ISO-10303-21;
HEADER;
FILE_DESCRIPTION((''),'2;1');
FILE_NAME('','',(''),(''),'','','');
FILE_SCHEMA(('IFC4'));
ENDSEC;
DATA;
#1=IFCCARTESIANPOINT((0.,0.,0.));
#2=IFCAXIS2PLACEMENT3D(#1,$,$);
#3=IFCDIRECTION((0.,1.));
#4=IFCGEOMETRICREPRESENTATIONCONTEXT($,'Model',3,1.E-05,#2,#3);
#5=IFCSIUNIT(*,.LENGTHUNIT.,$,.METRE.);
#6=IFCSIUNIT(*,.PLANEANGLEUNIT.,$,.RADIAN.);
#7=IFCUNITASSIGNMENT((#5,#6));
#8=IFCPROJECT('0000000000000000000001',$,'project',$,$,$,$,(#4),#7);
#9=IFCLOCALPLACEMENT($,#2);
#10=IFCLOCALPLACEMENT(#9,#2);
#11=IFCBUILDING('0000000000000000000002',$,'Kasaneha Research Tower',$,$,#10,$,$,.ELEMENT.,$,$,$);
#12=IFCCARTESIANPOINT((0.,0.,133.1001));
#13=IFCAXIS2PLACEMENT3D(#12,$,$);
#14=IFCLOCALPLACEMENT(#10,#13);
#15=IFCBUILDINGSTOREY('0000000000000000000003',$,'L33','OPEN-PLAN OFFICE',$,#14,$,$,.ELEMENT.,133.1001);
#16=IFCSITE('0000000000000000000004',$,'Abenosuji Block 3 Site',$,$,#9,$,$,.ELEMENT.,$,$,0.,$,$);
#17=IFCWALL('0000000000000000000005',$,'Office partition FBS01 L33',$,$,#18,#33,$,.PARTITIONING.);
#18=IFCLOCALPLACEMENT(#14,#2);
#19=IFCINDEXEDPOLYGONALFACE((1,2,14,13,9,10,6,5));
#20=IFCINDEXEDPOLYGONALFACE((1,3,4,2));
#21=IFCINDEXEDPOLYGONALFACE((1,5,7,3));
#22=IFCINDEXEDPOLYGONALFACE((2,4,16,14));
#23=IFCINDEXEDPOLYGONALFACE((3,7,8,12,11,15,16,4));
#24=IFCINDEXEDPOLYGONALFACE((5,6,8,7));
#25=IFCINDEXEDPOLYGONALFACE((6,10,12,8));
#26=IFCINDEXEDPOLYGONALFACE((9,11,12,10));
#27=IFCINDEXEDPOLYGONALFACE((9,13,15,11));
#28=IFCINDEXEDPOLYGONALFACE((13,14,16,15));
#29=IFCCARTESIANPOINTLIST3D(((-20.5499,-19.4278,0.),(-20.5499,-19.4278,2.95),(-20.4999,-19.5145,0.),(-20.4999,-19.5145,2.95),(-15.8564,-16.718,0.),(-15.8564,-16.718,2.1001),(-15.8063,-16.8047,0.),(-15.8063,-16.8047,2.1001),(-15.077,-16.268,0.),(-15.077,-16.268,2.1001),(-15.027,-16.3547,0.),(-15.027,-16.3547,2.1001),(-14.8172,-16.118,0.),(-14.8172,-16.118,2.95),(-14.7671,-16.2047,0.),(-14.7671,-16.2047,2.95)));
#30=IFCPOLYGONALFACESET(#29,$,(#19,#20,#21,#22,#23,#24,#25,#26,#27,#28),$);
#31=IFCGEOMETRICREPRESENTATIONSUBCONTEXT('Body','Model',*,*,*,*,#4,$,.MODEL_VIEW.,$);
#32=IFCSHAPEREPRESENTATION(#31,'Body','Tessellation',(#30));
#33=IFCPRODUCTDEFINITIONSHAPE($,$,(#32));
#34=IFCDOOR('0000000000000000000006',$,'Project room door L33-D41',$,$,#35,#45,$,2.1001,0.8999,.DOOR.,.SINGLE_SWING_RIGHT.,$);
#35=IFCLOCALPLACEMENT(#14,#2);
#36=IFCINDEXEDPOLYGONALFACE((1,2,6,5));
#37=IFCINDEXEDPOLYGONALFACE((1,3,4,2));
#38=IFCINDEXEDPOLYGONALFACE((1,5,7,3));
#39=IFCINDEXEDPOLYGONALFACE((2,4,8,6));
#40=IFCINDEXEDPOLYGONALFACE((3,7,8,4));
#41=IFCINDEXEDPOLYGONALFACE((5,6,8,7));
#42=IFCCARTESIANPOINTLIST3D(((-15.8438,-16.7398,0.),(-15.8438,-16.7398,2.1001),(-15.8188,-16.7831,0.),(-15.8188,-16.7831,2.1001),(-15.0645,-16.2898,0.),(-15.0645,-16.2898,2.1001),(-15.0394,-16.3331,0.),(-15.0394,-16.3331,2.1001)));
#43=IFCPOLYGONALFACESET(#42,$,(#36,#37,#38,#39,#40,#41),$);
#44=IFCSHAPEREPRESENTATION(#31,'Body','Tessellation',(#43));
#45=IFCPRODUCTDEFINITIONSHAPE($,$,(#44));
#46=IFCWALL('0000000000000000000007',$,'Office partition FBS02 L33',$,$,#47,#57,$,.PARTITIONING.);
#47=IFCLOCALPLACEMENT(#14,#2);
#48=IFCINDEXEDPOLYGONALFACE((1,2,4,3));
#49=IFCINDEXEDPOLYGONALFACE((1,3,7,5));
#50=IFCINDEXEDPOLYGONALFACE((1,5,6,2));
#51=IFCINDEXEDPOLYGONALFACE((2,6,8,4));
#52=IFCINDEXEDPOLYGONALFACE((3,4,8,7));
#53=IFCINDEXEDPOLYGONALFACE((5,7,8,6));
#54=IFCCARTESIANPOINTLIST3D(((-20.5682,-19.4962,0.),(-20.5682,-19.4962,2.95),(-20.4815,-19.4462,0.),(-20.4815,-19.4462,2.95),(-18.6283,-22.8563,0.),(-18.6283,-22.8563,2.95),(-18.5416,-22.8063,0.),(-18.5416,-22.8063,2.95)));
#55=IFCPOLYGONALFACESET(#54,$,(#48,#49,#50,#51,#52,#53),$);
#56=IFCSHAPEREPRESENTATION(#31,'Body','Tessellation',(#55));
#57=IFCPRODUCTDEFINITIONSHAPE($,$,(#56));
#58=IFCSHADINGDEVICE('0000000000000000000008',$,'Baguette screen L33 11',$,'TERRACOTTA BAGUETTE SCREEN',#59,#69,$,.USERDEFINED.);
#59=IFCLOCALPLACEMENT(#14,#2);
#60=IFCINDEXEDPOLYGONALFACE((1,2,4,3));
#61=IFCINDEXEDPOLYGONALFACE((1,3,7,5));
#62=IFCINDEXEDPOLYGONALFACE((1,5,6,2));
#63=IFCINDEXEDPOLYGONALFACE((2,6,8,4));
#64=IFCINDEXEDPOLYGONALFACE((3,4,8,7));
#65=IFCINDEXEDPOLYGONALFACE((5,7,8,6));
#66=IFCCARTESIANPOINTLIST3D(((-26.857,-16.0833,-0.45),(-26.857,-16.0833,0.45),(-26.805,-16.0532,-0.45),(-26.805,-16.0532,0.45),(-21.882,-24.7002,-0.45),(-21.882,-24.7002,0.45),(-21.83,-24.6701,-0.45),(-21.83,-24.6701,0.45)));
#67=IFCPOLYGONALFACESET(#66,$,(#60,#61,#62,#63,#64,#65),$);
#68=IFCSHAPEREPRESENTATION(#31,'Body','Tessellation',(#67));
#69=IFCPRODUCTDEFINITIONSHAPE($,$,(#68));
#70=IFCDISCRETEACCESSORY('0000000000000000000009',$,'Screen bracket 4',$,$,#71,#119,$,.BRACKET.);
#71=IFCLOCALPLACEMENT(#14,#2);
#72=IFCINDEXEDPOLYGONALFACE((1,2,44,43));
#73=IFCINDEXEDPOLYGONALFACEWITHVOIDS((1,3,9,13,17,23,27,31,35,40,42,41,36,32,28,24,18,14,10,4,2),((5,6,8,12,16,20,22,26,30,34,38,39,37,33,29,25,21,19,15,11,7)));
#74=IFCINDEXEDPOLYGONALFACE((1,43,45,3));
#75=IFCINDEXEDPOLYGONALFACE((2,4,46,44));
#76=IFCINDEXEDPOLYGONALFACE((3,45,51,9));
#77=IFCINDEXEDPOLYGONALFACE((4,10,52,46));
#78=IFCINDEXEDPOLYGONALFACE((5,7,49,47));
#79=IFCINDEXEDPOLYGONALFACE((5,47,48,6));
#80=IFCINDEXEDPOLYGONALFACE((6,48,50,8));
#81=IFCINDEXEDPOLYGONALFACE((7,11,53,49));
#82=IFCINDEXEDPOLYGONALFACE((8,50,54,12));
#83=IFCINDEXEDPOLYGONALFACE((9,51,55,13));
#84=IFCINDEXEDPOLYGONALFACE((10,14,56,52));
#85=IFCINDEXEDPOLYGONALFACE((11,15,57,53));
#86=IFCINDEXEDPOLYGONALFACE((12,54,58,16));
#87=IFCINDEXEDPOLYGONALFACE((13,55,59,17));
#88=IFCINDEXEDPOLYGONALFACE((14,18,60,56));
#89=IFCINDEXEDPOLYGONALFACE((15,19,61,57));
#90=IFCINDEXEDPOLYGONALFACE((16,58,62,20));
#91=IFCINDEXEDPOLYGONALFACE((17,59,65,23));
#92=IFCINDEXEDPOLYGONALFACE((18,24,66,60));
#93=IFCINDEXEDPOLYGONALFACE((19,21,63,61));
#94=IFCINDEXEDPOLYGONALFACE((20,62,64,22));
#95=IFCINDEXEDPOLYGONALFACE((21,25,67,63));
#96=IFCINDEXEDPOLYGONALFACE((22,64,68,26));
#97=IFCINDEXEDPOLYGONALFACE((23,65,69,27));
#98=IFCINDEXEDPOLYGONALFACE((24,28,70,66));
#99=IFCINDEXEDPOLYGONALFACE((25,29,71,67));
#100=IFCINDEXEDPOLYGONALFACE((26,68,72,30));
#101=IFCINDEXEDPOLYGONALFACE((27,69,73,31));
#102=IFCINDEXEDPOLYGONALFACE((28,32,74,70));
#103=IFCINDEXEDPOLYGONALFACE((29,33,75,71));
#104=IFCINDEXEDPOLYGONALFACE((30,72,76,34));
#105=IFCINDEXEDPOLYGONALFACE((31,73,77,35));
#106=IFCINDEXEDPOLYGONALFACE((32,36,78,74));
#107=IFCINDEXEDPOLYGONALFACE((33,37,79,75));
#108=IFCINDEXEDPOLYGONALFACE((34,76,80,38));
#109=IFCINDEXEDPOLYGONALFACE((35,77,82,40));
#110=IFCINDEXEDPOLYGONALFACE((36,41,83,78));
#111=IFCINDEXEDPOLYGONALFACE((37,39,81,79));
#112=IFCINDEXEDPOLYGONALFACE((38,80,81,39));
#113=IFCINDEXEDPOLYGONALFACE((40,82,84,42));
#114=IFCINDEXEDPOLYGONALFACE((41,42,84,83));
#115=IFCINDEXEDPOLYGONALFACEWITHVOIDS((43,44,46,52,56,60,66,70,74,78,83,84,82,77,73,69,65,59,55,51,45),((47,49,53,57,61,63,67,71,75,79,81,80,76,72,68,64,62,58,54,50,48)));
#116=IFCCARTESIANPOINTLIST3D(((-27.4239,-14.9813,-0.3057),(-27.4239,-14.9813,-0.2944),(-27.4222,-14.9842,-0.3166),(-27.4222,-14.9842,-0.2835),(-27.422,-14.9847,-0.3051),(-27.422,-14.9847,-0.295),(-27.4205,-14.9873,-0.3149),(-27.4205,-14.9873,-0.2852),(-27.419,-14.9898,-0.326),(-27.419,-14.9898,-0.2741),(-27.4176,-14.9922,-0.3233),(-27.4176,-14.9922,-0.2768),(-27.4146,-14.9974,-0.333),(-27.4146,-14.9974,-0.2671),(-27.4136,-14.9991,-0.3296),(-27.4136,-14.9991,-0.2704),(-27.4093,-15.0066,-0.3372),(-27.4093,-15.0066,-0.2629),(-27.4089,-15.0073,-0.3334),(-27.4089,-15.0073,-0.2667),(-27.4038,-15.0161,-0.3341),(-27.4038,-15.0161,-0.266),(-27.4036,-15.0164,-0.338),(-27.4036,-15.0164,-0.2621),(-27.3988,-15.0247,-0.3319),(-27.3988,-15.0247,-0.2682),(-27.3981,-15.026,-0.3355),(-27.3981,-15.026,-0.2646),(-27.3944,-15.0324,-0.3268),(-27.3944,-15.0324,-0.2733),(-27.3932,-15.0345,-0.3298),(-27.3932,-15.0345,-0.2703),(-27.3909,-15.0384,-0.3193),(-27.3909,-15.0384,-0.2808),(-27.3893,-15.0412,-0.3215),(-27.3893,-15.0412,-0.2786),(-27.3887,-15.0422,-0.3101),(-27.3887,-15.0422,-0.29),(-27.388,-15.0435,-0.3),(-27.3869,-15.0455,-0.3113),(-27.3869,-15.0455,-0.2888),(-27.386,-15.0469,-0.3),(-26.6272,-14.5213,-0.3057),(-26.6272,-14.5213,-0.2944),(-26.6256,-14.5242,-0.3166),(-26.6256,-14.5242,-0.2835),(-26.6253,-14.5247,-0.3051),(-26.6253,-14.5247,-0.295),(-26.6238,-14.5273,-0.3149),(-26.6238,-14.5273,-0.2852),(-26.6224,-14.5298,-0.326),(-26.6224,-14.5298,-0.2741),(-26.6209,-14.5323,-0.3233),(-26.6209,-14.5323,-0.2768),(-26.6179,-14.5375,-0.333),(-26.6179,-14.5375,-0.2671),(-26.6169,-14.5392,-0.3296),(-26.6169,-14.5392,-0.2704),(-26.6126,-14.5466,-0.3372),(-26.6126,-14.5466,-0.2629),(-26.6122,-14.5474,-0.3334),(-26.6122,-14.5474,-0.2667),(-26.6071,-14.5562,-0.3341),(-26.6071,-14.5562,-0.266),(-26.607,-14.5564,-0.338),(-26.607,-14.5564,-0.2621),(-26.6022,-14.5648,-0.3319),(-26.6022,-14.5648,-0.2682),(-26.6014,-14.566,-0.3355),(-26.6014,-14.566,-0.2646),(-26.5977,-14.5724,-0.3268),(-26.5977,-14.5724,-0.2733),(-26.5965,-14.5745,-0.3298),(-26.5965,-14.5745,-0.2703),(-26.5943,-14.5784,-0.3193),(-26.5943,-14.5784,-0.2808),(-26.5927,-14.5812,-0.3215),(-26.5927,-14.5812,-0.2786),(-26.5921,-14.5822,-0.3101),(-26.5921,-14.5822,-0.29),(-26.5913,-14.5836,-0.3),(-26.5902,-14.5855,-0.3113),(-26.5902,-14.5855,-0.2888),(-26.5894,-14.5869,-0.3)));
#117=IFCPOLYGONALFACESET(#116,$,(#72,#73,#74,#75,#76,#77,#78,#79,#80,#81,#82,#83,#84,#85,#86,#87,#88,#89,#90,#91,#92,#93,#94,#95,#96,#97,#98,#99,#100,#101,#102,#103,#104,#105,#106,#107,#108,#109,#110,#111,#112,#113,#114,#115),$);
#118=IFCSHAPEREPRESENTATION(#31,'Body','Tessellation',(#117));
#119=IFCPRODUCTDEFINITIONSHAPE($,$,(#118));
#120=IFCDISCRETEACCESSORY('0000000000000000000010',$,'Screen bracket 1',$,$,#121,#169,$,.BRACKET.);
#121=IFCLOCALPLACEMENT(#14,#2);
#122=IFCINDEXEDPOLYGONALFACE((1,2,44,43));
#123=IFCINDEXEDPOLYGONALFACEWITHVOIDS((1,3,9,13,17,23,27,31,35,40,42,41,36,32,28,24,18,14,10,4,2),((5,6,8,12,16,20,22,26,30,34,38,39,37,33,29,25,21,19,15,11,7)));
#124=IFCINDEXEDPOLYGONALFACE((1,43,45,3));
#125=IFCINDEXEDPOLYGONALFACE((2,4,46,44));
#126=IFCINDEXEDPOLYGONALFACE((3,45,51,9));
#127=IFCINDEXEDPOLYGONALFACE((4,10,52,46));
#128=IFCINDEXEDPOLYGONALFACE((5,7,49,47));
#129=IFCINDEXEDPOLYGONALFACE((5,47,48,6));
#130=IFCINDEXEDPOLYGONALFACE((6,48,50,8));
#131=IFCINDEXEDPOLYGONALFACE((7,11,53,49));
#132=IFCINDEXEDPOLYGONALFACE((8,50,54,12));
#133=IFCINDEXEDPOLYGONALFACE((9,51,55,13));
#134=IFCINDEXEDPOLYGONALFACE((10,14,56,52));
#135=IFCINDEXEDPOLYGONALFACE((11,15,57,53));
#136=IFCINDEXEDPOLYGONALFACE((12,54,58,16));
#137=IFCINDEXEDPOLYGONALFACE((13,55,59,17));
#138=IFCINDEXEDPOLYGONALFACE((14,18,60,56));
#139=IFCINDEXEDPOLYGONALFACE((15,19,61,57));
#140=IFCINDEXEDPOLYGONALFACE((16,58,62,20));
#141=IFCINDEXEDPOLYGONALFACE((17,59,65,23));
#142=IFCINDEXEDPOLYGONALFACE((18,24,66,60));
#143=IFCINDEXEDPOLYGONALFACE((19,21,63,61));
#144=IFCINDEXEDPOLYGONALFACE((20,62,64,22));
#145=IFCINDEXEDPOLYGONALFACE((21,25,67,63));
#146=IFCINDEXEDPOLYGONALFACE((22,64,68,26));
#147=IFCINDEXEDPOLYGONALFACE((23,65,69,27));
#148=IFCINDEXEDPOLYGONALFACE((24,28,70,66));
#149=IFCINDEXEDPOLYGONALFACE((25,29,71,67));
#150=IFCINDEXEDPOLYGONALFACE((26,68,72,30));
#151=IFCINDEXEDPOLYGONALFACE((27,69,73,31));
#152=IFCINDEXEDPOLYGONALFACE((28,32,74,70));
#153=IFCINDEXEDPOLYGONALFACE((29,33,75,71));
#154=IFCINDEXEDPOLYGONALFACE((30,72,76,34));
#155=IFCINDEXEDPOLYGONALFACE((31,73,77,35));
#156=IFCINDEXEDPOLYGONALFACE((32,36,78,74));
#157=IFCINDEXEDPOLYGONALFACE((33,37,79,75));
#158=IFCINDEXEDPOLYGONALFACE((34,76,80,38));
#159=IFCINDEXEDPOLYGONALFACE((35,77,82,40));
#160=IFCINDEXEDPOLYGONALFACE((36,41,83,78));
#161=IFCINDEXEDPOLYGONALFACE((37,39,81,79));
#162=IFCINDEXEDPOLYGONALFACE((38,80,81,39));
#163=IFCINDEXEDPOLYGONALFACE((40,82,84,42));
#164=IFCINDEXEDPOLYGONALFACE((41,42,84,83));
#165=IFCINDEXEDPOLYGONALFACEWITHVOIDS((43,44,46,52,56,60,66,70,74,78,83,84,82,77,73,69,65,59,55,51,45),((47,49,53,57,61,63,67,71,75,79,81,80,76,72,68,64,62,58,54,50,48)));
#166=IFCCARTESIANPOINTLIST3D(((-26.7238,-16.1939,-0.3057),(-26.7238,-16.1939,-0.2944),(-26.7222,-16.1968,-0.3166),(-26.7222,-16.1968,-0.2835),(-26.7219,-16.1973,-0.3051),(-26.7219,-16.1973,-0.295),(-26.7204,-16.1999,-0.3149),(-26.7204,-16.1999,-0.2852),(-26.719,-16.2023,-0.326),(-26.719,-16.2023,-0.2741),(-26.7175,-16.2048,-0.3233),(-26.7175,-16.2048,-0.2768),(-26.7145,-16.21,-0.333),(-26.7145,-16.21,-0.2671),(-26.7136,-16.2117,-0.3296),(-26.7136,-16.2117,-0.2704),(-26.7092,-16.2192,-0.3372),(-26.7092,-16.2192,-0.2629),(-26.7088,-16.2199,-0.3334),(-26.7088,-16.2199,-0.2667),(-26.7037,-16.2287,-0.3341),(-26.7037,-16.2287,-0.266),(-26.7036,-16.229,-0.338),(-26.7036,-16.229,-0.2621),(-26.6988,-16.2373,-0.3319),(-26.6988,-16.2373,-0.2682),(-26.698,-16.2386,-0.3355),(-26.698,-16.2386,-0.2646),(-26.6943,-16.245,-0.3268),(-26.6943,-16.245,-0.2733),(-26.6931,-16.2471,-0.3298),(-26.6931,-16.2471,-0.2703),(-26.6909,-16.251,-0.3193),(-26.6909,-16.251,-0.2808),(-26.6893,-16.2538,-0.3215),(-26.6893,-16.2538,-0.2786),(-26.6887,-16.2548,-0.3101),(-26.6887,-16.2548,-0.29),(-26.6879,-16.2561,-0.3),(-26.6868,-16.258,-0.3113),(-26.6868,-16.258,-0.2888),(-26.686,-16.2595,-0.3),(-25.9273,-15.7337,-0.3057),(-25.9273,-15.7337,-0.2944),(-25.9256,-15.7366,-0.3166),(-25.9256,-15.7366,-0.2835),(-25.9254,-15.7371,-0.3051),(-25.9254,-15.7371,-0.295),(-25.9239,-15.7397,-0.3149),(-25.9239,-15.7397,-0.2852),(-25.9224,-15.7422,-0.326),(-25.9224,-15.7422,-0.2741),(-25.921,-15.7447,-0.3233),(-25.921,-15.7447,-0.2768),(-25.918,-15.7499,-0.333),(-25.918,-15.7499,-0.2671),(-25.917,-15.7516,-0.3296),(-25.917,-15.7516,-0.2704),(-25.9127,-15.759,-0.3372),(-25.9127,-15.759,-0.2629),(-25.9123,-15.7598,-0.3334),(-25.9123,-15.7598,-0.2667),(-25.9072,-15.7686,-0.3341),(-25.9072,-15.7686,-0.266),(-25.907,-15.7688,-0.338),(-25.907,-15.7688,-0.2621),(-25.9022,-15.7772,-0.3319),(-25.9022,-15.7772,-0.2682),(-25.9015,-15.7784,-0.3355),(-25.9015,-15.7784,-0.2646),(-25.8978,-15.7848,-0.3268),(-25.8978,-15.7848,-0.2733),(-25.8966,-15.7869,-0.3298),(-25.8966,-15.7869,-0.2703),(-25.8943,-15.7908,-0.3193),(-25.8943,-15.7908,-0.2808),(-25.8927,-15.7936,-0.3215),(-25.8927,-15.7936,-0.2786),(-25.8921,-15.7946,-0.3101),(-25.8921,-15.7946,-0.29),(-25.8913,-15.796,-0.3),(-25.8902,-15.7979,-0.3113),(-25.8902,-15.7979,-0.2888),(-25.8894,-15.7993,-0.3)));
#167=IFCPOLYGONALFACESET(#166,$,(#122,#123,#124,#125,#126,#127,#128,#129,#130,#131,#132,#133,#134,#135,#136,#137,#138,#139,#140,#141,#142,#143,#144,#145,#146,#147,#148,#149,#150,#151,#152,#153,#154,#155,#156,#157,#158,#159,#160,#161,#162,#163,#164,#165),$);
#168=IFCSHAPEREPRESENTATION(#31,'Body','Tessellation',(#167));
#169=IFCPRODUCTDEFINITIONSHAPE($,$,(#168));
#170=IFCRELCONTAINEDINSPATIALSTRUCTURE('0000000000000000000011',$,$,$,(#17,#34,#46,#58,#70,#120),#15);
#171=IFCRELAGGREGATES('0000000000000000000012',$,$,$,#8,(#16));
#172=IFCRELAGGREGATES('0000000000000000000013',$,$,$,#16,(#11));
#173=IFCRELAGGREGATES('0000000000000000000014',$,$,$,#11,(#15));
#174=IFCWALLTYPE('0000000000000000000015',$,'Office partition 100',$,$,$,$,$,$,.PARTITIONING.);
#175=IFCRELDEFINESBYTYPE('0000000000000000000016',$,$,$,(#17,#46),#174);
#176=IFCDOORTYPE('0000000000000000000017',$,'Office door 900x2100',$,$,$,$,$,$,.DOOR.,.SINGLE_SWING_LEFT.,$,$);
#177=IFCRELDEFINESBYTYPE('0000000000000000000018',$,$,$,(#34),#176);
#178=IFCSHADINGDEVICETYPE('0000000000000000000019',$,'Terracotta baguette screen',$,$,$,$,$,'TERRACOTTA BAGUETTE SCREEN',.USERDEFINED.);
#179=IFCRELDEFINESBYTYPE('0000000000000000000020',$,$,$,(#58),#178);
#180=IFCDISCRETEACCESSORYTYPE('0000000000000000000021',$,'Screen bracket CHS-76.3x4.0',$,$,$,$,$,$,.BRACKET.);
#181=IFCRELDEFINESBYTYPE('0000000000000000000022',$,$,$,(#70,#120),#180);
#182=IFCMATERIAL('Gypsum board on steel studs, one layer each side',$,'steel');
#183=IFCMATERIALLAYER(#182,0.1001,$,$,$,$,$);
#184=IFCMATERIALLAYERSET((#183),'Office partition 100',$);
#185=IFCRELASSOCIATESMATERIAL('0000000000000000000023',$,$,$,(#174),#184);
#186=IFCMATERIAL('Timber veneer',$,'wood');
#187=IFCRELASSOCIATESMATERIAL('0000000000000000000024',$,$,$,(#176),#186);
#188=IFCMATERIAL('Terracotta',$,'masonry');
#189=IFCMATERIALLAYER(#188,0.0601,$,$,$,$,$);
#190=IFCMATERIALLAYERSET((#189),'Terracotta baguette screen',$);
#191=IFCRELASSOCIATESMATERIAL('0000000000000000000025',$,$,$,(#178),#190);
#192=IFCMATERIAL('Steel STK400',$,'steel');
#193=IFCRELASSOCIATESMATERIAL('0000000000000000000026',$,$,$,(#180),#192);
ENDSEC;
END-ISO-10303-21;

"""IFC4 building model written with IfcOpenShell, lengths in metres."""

from ifc_helpers import new_model, si_unit, direction, frame, frame_2d, origin, origin_2d, place, context, subcontext, project, spatial, rectangle, hollow_circle, extrude, material, layer, layer_set, material_profile, profile_set, type_object, element, fill, save


model = new_model("IFC4")

# Units and contexts
model_context = context("Model", 3, precision=1e-05, world=origin(), true_north=direction((0.0, 1.0)))
body_context = subcontext(model_context, "Body", "Model", "MODEL_VIEW")
ifc_project = project(units=[si_unit("LENGTHUNIT", "METRE"), si_unit("PLANEANGLEUNIT", "RADIAN")], contexts=[model_context])

# Site, building, storey
site_placement = place(None, origin())
site = spatial("IfcSite", under=ifc_project, at=site_placement, Name="Abenosuji Block 3 Site", CompositionType="ELEMENT", RefElevation=0.0)
building_placement = place(site_placement, origin())
building = spatial("IfcBuilding", under=site, at=building_placement, Name="Kasaneha Research Tower", CompositionType="ELEMENT")
storey_placement = place(building_placement, frame((0.0, 0.0, 133.1001)))
storey = spatial("IfcBuildingStorey", under=building, at=storey_placement, Name="L33", Description="OPEN-PLAN OFFICE", CompositionType="ELEMENT", Elevation=133.1001)

# Wall, opening, door
ifc_material_1 = material(Name="Gypsum board on steel studs, one layer each side", Category="steel")
ifc_layer_1 = layer(ifc_material_1, 0.1001)
ifc_layer_set_1 = layer_set([ifc_layer_1], Name="Office partition 100")
wall_type = type_object("IfcWallType", Name="Office partition 100", PredefinedType="PARTITIONING", material=ifc_layer_set_1)
wall_1_placement = place(storey_placement, frame((-20.5249, -19.4712, 0.0), z_axis=(0.0, 0.0, 1.0), x_axis=(0.866022, 0.500007, 0.0)))
wall_1 = element("IfcWall", 1, at=wall_1_placement, inside=storey, type_object=wall_type, Name="Office partition FBS01 L33", PredefinedType="PARTITIONING", context=body_context, shape_type="SweptSolid", body=[
    extrude(rectangle(XDim=6.6196, YDim=0.1001, at=frame_2d((3.3098, 0.0))), origin(), (0.0, 0.0, 1.0), 2.95),
])
opening_placement = place(wall_1_placement, frame((5.4197, 0.0, 0.0)))
opening = element("IfcOpeningElement", 2, at=opening_placement, cuts=wall_1, PredefinedType="OPENING", context=body_context, shape_type="SweptSolid", body=[
    extrude(rectangle(XDim=0.8999, YDim=2.1001, at=frame_2d((0.45, 1.05))), frame((0.0, 0.0601, 0.0), z_axis=(0.0, -1.0, 0.0), x_axis=(1.0, 0.0, 0.0)), (0.0, 0.0, 1.0), 0.1201),
])
ifc_material_2 = material(Name="Timber veneer", Category="wood")
door_type = type_object("IfcDoorType", Name="Office door 900x2100", OperationType="SINGLE_SWING_LEFT", PredefinedType="DOOR", material=ifc_material_2)
door_placement = place(opening_placement, origin())
door = element("IfcDoor", 3, at=door_placement, inside=storey, type_object=door_type, Name="Project room door L33-D41", OperationType="SINGLE_SWING_RIGHT", OverallHeight=2.1001, OverallWidth=0.8999, PredefinedType="DOOR", context=body_context, shape_type="SweptSolid", body=[
    extrude(rectangle(XDim=0.8999, YDim=2.1001, at=frame_2d((0.45, 1.05))), frame((0.0, 0.0249, 0.0), z_axis=(0.0, -1.0, 0.0), x_axis=(1.0, 0.0, 0.0)), (0.0, 0.0, 1.0), 0.05),
])
fill(opening, door)

# Wall
wall_2_placement = place(storey_placement, frame((-18.585, -22.8313, 0.0), z_axis=(0.0, 0.0, 1.0), x_axis=(-0.499997, 0.866027, 0.0)))
element("IfcWall", 4, at=wall_2_placement, inside=storey, type_object=wall_type, Name="Office partition FBS02 L33", PredefinedType="PARTITIONING", context=body_context, shape_type="SweptSolid", body=[
    extrude(rectangle(XDim=3.8799, YDim=0.1001, at=frame_2d((1.9399, 0.0))), origin(), (0.0, 0.0, 1.0), 2.95),
])

# Shading device
ifc_material_3 = material(Name="Terracotta", Category="masonry")
ifc_layer_2 = layer(ifc_material_3, 0.0601)
ifc_layer_set_2 = layer_set([ifc_layer_2], Name="Terracotta baguette screen")
shading_device_type = type_object("IfcShadingDeviceType", Name="Terracotta baguette screen", ElementType="TERRACOTTA BAGUETTE SCREEN", PredefinedType="USERDEFINED", material=ifc_layer_set_2)
shading_device_placement = place(storey_placement, frame((-24.3435, -20.3767, -0.45), z_axis=(0.0, 0.0, 1.0), x_axis=(0.5, -0.866025, 0.0)))
element("IfcShadingDevice", 5, at=shading_device_placement, inside=storey, type_object=shading_device_type, Name="Baguette screen L33 11", ObjectType="TERRACOTTA BAGUETTE SCREEN", PredefinedType="USERDEFINED", context=body_context, shape_type="SweptSolid", body=[
    extrude(rectangle(XDim=9.95, YDim=0.0601, at=origin_2d()), origin(), (0.0, 0.0, 1.0), 0.8999),
])

# Discrete accessories
ifc_material_4 = material(Name="Steel STK400", Category="steel")
ifc_material_profile_1 = material_profile(ifc_material_4, hollow_circle(Radius=0.0381, WallThickness=0.0039, at=origin_2d()), Name="CHS-76.3x4.0")
ifc_profile_set_1 = profile_set([ifc_material_profile_1], Name="Steel STK400")
discrete_accessory_type = type_object("IfcDiscreteAccessoryType", Name="Screen bracket CHS-76.3x4.0", PredefinedType="BRACKET", material=ifc_profile_set_1)
for number, where, z_axis, x_axis, name in (
    (6, (-26.6084, -14.554, -0.3), (-0.866013, -0.500021, 0.0), (0.500021, -0.866013, 0.0), "Screen bracket 4"),
    (7, (-25.9084, -15.7664, -0.3), (-0.865898, -0.50022, 0.0), (0.50022, -0.865898, 0.0), "Screen bracket 1"),
):
    element("IfcDiscreteAccessory", number, at=place(storey_placement, frame(where, z_axis=z_axis, x_axis=x_axis)), inside=storey, type_object=discrete_accessory_type, Name=name, PredefinedType="BRACKET", context=body_context, shape_type="SweptSolid", body=[
        extrude(hollow_circle(Radius=0.0381, WallThickness=0.0039, at=origin_2d()), origin(), (0.0, 0.0, 1.0), 0.9199),
    ])

save(model, "model.ifc")
